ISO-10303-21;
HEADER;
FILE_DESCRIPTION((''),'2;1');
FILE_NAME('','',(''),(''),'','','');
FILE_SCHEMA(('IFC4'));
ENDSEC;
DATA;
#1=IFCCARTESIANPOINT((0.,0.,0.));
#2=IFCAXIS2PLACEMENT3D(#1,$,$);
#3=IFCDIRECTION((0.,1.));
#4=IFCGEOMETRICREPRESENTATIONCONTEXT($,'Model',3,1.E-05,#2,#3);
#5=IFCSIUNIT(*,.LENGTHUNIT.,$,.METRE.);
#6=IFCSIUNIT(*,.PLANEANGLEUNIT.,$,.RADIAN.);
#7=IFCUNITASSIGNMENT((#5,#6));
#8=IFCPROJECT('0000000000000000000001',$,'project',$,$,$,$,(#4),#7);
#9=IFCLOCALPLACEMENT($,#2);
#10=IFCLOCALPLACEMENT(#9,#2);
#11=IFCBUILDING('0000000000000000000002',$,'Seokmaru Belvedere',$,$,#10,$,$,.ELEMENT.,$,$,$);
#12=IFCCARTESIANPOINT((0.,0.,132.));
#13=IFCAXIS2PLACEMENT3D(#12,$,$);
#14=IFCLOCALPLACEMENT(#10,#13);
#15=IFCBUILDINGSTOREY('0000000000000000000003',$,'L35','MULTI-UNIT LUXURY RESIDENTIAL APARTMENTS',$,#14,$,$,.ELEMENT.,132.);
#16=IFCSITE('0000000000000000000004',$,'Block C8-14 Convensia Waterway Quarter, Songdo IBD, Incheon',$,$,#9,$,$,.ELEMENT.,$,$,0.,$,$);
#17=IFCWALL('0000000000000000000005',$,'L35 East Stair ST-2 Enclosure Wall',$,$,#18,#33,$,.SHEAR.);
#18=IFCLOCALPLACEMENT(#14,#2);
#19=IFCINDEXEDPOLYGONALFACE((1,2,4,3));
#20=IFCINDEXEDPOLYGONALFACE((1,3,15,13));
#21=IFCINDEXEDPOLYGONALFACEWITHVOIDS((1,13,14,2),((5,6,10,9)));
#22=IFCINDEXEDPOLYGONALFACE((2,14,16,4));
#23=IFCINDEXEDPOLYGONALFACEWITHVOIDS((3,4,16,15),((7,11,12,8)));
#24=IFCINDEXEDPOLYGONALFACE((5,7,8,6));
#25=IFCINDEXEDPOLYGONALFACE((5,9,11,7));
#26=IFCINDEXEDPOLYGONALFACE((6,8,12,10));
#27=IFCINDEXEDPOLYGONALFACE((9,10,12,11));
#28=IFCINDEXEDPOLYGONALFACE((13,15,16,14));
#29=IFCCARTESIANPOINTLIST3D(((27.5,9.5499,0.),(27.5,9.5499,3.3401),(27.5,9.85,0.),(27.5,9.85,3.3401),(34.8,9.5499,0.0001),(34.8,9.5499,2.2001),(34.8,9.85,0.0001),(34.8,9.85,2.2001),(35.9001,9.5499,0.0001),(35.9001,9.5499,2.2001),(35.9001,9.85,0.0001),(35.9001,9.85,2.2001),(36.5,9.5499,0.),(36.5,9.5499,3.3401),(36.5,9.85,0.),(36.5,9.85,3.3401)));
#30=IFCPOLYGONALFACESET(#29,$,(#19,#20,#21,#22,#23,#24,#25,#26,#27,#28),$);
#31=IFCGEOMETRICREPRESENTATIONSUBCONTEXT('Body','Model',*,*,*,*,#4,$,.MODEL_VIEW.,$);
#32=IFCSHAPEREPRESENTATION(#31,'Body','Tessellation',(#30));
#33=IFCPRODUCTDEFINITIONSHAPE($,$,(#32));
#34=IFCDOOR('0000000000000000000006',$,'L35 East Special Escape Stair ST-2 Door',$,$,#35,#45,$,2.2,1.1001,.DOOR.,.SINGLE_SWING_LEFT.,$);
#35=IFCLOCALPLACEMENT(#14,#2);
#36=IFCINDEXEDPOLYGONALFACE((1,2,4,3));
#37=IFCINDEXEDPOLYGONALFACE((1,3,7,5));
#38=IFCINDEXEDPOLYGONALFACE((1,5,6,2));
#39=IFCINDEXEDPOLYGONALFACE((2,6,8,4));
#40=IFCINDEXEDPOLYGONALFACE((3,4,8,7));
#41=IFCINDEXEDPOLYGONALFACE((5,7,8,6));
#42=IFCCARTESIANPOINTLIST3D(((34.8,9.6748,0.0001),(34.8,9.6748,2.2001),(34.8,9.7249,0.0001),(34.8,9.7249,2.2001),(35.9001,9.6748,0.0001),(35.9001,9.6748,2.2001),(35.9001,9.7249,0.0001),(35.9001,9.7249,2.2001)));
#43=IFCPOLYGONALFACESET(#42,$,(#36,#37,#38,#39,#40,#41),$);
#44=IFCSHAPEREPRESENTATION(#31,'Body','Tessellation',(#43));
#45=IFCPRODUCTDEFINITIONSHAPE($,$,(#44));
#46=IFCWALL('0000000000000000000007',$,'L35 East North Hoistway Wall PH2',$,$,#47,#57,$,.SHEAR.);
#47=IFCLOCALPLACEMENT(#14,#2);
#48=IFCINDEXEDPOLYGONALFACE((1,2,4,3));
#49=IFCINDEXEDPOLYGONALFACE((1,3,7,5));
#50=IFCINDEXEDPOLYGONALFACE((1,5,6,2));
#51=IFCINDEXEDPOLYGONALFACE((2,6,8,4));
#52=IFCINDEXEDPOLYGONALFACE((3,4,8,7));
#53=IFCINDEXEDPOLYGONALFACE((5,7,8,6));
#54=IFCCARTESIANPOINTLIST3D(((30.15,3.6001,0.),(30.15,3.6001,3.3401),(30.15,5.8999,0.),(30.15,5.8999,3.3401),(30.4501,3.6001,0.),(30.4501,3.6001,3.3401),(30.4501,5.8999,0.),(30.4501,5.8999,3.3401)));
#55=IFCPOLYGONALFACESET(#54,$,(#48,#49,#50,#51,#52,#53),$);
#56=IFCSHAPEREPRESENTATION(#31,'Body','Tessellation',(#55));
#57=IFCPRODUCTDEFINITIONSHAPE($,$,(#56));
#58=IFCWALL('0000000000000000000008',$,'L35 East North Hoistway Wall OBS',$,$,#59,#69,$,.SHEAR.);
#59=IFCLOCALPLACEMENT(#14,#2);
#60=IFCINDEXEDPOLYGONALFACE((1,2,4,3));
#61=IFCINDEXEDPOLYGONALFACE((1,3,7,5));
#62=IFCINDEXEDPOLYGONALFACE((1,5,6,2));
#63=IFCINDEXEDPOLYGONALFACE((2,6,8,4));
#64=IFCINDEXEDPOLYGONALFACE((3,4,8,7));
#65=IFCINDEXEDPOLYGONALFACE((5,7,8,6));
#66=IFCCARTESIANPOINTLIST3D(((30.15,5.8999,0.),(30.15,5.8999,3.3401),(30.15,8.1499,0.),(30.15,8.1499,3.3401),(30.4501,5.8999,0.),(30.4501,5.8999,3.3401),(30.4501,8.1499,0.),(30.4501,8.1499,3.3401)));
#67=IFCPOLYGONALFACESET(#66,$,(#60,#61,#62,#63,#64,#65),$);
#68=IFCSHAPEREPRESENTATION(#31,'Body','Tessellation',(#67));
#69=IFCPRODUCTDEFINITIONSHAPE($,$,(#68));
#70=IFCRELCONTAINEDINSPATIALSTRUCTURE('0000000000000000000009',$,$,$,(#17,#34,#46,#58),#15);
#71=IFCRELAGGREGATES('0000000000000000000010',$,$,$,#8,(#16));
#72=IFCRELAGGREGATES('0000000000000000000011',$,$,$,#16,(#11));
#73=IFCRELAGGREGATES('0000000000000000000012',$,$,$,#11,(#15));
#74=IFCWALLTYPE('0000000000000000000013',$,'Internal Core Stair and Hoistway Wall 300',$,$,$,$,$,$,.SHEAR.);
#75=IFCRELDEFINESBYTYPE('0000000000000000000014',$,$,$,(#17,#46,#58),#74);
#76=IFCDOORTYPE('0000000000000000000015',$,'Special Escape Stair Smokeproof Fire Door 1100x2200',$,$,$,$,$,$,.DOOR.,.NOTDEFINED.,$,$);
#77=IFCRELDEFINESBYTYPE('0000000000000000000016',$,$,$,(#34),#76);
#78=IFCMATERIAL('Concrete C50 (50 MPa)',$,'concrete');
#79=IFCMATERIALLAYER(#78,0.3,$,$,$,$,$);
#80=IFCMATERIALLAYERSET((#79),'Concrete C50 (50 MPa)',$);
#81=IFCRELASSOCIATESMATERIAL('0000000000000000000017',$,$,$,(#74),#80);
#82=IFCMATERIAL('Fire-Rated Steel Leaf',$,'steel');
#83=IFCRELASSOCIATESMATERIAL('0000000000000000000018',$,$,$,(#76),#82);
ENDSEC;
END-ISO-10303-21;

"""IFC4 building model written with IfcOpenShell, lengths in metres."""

from ifc_helpers import new_model, si_unit, direction, frame, frame_2d, origin, place, context, subcontext, project, spatial, rectangle, extrude, source, transform, mapped, material, layer, layer_set, type_object, type_shapes, element, fill, save


model = new_model("IFC4")

# Units and contexts
model_context = context("Model", 3, precision=1e-05, world=origin(), true_north=direction((0.0, 1.0)))
body_context = subcontext(model_context, "Body", "Model", "MODEL_VIEW")
ifc_project = project(units=[si_unit("LENGTHUNIT", "METRE"), si_unit("PLANEANGLEUNIT", "RADIAN")], contexts=[model_context])

# Site, building, storey
site_placement = place(None, origin())
site = spatial("IfcSite", under=ifc_project, at=site_placement, Name="Block C8-14 Convensia Waterway Quarter, Songdo IBD, Incheon", CompositionType="ELEMENT", RefElevation=0.0)
building_placement = place(site_placement, origin())
building = spatial("IfcBuilding", under=site, at=building_placement, Name="Seokmaru Belvedere", CompositionType="ELEMENT")
storey_placement = place(building_placement, frame((0.0, 0.0, 132.0)))
storey = spatial("IfcBuildingStorey", under=building, at=storey_placement, Name="L35", Description="MULTI-UNIT LUXURY RESIDENTIAL APARTMENTS", CompositionType="ELEMENT", Elevation=132.0)

# Shared definitions
ifc_material_1 = material(Name="Concrete C50 (50 MPa)", Category="concrete")

# Wall, opening, door
ifc_layer_1 = layer(ifc_material_1, 0.3)
ifc_layer_set_1 = layer_set([ifc_layer_1], Name="Concrete C50 (50 MPa)")
wall_type_1 = type_object("IfcWallType", Name="Internal Core Stair and Hoistway Wall 300", PredefinedType="SHEAR", material=ifc_layer_set_1)
wall_1_placement = place(storey_placement, frame((27.5, 9.7, 0.0), z_axis=(0.0, 0.0, 1.0), x_axis=(1.0, 0.0, 0.0)))
wall_1 = element("IfcWall", 1, at=wall_1_placement, inside=storey, type_object=wall_type_1, Name="L35 East Stair ST-2 Enclosure Wall", PredefinedType="SHEAR", context=body_context, shape_type="SweptSolid", body=[
    extrude(rectangle(XDim=9.0, YDim=0.3, at=frame_2d((4.5, 0.0))), origin(), (0.0, 0.0, 1.0), 3.3401),
])
opening_1_placement = place(wall_1_placement, frame((7.3, 0.0, 0.0)))
opening_1 = element("IfcOpeningElement", 2, at=opening_1_placement, cuts=wall_1, PredefinedType="OPENING", context=body_context, shape_type="SweptSolid", body=[
    extrude(rectangle(XDim=1.1001, YDim=2.2, at=frame_2d((0.55, 1.1001))), frame((0.0, 0.1602, 0.0), z_axis=(0.0, -1.0, 0.0), x_axis=(1.0, 0.0, 0.0)), (0.0, 0.0, 1.0), 0.3201),
])
ifc_material_2 = material(Name="Fire-Rated Steel Leaf", Category="steel")
door_type_1 = type_object("IfcDoorType", Name="Special Escape Stair Smokeproof Fire Door 1100x2200", OperationType="NOTDEFINED", PredefinedType="DOOR", material=ifc_material_2)
shared_shape_1 = source(origin(), body_context, "Body", "SweptSolid", [
    extrude(rectangle(XDim=1.1001, YDim=2.2, at=frame_2d((0.55, 1.1001))), frame((0.0, 0.0249, 0.0), z_axis=(0.0, -1.0, 0.0), x_axis=(1.0, 0.0, 0.0)), (0.0, 0.0, 1.0), 0.05),
])
type_shapes(door_type_1, [shared_shape_1])
door_1_placement = place(opening_1_placement, origin())
door_1 = element("IfcDoor", 3, at=door_1_placement, inside=storey, type_object=door_type_1, Name="L35 East Special Escape Stair ST-2 Door", OperationType="SINGLE_SWING_LEFT", OverallHeight=2.2, OverallWidth=1.1001, PredefinedType="DOOR", context=body_context, shape_type="MappedRepresentation", body=[
    mapped(shared_shape_1, transform((0.0, 0.0, 0.0), scale=1.0)),
])
fill(opening_1, door_1)

# Walls
wall_2_placement = place(storey_placement, frame((30.3, 3.6001, 0.0), z_axis=(0.0, 0.0, 1.0), x_axis=(0.0, 1.0, 0.0)))
element("IfcWall", 4, at=wall_2_placement, inside=storey, type_object=wall_type_1, Name="L35 East North Hoistway Wall PH2", PredefinedType="SHEAR", context=body_context, shape_type="SweptSolid", body=[
    extrude(rectangle(XDim=2.2998, YDim=0.3, at=frame_2d((1.1499, 0.0))), origin(), (0.0, 0.0, 1.0), 3.3401),
])
wall_3_placement = place(storey_placement, frame((30.3, 5.8999, 0.0), z_axis=(0.0, 0.0, 1.0), x_axis=(0.0, 1.0, 0.0)))
element("IfcWall", 5, at=wall_3_placement, inside=storey, type_object=wall_type_1, Name="L35 East North Hoistway Wall OBS", PredefinedType="SHEAR", context=body_context, shape_type="SweptSolid", body=[
    extrude(rectangle(XDim=2.25, YDim=0.3, at=frame_2d((1.125, 0.0))), origin(), (0.0, 0.0, 1.0), 3.3401),
])

save(model, "model.ifc")
